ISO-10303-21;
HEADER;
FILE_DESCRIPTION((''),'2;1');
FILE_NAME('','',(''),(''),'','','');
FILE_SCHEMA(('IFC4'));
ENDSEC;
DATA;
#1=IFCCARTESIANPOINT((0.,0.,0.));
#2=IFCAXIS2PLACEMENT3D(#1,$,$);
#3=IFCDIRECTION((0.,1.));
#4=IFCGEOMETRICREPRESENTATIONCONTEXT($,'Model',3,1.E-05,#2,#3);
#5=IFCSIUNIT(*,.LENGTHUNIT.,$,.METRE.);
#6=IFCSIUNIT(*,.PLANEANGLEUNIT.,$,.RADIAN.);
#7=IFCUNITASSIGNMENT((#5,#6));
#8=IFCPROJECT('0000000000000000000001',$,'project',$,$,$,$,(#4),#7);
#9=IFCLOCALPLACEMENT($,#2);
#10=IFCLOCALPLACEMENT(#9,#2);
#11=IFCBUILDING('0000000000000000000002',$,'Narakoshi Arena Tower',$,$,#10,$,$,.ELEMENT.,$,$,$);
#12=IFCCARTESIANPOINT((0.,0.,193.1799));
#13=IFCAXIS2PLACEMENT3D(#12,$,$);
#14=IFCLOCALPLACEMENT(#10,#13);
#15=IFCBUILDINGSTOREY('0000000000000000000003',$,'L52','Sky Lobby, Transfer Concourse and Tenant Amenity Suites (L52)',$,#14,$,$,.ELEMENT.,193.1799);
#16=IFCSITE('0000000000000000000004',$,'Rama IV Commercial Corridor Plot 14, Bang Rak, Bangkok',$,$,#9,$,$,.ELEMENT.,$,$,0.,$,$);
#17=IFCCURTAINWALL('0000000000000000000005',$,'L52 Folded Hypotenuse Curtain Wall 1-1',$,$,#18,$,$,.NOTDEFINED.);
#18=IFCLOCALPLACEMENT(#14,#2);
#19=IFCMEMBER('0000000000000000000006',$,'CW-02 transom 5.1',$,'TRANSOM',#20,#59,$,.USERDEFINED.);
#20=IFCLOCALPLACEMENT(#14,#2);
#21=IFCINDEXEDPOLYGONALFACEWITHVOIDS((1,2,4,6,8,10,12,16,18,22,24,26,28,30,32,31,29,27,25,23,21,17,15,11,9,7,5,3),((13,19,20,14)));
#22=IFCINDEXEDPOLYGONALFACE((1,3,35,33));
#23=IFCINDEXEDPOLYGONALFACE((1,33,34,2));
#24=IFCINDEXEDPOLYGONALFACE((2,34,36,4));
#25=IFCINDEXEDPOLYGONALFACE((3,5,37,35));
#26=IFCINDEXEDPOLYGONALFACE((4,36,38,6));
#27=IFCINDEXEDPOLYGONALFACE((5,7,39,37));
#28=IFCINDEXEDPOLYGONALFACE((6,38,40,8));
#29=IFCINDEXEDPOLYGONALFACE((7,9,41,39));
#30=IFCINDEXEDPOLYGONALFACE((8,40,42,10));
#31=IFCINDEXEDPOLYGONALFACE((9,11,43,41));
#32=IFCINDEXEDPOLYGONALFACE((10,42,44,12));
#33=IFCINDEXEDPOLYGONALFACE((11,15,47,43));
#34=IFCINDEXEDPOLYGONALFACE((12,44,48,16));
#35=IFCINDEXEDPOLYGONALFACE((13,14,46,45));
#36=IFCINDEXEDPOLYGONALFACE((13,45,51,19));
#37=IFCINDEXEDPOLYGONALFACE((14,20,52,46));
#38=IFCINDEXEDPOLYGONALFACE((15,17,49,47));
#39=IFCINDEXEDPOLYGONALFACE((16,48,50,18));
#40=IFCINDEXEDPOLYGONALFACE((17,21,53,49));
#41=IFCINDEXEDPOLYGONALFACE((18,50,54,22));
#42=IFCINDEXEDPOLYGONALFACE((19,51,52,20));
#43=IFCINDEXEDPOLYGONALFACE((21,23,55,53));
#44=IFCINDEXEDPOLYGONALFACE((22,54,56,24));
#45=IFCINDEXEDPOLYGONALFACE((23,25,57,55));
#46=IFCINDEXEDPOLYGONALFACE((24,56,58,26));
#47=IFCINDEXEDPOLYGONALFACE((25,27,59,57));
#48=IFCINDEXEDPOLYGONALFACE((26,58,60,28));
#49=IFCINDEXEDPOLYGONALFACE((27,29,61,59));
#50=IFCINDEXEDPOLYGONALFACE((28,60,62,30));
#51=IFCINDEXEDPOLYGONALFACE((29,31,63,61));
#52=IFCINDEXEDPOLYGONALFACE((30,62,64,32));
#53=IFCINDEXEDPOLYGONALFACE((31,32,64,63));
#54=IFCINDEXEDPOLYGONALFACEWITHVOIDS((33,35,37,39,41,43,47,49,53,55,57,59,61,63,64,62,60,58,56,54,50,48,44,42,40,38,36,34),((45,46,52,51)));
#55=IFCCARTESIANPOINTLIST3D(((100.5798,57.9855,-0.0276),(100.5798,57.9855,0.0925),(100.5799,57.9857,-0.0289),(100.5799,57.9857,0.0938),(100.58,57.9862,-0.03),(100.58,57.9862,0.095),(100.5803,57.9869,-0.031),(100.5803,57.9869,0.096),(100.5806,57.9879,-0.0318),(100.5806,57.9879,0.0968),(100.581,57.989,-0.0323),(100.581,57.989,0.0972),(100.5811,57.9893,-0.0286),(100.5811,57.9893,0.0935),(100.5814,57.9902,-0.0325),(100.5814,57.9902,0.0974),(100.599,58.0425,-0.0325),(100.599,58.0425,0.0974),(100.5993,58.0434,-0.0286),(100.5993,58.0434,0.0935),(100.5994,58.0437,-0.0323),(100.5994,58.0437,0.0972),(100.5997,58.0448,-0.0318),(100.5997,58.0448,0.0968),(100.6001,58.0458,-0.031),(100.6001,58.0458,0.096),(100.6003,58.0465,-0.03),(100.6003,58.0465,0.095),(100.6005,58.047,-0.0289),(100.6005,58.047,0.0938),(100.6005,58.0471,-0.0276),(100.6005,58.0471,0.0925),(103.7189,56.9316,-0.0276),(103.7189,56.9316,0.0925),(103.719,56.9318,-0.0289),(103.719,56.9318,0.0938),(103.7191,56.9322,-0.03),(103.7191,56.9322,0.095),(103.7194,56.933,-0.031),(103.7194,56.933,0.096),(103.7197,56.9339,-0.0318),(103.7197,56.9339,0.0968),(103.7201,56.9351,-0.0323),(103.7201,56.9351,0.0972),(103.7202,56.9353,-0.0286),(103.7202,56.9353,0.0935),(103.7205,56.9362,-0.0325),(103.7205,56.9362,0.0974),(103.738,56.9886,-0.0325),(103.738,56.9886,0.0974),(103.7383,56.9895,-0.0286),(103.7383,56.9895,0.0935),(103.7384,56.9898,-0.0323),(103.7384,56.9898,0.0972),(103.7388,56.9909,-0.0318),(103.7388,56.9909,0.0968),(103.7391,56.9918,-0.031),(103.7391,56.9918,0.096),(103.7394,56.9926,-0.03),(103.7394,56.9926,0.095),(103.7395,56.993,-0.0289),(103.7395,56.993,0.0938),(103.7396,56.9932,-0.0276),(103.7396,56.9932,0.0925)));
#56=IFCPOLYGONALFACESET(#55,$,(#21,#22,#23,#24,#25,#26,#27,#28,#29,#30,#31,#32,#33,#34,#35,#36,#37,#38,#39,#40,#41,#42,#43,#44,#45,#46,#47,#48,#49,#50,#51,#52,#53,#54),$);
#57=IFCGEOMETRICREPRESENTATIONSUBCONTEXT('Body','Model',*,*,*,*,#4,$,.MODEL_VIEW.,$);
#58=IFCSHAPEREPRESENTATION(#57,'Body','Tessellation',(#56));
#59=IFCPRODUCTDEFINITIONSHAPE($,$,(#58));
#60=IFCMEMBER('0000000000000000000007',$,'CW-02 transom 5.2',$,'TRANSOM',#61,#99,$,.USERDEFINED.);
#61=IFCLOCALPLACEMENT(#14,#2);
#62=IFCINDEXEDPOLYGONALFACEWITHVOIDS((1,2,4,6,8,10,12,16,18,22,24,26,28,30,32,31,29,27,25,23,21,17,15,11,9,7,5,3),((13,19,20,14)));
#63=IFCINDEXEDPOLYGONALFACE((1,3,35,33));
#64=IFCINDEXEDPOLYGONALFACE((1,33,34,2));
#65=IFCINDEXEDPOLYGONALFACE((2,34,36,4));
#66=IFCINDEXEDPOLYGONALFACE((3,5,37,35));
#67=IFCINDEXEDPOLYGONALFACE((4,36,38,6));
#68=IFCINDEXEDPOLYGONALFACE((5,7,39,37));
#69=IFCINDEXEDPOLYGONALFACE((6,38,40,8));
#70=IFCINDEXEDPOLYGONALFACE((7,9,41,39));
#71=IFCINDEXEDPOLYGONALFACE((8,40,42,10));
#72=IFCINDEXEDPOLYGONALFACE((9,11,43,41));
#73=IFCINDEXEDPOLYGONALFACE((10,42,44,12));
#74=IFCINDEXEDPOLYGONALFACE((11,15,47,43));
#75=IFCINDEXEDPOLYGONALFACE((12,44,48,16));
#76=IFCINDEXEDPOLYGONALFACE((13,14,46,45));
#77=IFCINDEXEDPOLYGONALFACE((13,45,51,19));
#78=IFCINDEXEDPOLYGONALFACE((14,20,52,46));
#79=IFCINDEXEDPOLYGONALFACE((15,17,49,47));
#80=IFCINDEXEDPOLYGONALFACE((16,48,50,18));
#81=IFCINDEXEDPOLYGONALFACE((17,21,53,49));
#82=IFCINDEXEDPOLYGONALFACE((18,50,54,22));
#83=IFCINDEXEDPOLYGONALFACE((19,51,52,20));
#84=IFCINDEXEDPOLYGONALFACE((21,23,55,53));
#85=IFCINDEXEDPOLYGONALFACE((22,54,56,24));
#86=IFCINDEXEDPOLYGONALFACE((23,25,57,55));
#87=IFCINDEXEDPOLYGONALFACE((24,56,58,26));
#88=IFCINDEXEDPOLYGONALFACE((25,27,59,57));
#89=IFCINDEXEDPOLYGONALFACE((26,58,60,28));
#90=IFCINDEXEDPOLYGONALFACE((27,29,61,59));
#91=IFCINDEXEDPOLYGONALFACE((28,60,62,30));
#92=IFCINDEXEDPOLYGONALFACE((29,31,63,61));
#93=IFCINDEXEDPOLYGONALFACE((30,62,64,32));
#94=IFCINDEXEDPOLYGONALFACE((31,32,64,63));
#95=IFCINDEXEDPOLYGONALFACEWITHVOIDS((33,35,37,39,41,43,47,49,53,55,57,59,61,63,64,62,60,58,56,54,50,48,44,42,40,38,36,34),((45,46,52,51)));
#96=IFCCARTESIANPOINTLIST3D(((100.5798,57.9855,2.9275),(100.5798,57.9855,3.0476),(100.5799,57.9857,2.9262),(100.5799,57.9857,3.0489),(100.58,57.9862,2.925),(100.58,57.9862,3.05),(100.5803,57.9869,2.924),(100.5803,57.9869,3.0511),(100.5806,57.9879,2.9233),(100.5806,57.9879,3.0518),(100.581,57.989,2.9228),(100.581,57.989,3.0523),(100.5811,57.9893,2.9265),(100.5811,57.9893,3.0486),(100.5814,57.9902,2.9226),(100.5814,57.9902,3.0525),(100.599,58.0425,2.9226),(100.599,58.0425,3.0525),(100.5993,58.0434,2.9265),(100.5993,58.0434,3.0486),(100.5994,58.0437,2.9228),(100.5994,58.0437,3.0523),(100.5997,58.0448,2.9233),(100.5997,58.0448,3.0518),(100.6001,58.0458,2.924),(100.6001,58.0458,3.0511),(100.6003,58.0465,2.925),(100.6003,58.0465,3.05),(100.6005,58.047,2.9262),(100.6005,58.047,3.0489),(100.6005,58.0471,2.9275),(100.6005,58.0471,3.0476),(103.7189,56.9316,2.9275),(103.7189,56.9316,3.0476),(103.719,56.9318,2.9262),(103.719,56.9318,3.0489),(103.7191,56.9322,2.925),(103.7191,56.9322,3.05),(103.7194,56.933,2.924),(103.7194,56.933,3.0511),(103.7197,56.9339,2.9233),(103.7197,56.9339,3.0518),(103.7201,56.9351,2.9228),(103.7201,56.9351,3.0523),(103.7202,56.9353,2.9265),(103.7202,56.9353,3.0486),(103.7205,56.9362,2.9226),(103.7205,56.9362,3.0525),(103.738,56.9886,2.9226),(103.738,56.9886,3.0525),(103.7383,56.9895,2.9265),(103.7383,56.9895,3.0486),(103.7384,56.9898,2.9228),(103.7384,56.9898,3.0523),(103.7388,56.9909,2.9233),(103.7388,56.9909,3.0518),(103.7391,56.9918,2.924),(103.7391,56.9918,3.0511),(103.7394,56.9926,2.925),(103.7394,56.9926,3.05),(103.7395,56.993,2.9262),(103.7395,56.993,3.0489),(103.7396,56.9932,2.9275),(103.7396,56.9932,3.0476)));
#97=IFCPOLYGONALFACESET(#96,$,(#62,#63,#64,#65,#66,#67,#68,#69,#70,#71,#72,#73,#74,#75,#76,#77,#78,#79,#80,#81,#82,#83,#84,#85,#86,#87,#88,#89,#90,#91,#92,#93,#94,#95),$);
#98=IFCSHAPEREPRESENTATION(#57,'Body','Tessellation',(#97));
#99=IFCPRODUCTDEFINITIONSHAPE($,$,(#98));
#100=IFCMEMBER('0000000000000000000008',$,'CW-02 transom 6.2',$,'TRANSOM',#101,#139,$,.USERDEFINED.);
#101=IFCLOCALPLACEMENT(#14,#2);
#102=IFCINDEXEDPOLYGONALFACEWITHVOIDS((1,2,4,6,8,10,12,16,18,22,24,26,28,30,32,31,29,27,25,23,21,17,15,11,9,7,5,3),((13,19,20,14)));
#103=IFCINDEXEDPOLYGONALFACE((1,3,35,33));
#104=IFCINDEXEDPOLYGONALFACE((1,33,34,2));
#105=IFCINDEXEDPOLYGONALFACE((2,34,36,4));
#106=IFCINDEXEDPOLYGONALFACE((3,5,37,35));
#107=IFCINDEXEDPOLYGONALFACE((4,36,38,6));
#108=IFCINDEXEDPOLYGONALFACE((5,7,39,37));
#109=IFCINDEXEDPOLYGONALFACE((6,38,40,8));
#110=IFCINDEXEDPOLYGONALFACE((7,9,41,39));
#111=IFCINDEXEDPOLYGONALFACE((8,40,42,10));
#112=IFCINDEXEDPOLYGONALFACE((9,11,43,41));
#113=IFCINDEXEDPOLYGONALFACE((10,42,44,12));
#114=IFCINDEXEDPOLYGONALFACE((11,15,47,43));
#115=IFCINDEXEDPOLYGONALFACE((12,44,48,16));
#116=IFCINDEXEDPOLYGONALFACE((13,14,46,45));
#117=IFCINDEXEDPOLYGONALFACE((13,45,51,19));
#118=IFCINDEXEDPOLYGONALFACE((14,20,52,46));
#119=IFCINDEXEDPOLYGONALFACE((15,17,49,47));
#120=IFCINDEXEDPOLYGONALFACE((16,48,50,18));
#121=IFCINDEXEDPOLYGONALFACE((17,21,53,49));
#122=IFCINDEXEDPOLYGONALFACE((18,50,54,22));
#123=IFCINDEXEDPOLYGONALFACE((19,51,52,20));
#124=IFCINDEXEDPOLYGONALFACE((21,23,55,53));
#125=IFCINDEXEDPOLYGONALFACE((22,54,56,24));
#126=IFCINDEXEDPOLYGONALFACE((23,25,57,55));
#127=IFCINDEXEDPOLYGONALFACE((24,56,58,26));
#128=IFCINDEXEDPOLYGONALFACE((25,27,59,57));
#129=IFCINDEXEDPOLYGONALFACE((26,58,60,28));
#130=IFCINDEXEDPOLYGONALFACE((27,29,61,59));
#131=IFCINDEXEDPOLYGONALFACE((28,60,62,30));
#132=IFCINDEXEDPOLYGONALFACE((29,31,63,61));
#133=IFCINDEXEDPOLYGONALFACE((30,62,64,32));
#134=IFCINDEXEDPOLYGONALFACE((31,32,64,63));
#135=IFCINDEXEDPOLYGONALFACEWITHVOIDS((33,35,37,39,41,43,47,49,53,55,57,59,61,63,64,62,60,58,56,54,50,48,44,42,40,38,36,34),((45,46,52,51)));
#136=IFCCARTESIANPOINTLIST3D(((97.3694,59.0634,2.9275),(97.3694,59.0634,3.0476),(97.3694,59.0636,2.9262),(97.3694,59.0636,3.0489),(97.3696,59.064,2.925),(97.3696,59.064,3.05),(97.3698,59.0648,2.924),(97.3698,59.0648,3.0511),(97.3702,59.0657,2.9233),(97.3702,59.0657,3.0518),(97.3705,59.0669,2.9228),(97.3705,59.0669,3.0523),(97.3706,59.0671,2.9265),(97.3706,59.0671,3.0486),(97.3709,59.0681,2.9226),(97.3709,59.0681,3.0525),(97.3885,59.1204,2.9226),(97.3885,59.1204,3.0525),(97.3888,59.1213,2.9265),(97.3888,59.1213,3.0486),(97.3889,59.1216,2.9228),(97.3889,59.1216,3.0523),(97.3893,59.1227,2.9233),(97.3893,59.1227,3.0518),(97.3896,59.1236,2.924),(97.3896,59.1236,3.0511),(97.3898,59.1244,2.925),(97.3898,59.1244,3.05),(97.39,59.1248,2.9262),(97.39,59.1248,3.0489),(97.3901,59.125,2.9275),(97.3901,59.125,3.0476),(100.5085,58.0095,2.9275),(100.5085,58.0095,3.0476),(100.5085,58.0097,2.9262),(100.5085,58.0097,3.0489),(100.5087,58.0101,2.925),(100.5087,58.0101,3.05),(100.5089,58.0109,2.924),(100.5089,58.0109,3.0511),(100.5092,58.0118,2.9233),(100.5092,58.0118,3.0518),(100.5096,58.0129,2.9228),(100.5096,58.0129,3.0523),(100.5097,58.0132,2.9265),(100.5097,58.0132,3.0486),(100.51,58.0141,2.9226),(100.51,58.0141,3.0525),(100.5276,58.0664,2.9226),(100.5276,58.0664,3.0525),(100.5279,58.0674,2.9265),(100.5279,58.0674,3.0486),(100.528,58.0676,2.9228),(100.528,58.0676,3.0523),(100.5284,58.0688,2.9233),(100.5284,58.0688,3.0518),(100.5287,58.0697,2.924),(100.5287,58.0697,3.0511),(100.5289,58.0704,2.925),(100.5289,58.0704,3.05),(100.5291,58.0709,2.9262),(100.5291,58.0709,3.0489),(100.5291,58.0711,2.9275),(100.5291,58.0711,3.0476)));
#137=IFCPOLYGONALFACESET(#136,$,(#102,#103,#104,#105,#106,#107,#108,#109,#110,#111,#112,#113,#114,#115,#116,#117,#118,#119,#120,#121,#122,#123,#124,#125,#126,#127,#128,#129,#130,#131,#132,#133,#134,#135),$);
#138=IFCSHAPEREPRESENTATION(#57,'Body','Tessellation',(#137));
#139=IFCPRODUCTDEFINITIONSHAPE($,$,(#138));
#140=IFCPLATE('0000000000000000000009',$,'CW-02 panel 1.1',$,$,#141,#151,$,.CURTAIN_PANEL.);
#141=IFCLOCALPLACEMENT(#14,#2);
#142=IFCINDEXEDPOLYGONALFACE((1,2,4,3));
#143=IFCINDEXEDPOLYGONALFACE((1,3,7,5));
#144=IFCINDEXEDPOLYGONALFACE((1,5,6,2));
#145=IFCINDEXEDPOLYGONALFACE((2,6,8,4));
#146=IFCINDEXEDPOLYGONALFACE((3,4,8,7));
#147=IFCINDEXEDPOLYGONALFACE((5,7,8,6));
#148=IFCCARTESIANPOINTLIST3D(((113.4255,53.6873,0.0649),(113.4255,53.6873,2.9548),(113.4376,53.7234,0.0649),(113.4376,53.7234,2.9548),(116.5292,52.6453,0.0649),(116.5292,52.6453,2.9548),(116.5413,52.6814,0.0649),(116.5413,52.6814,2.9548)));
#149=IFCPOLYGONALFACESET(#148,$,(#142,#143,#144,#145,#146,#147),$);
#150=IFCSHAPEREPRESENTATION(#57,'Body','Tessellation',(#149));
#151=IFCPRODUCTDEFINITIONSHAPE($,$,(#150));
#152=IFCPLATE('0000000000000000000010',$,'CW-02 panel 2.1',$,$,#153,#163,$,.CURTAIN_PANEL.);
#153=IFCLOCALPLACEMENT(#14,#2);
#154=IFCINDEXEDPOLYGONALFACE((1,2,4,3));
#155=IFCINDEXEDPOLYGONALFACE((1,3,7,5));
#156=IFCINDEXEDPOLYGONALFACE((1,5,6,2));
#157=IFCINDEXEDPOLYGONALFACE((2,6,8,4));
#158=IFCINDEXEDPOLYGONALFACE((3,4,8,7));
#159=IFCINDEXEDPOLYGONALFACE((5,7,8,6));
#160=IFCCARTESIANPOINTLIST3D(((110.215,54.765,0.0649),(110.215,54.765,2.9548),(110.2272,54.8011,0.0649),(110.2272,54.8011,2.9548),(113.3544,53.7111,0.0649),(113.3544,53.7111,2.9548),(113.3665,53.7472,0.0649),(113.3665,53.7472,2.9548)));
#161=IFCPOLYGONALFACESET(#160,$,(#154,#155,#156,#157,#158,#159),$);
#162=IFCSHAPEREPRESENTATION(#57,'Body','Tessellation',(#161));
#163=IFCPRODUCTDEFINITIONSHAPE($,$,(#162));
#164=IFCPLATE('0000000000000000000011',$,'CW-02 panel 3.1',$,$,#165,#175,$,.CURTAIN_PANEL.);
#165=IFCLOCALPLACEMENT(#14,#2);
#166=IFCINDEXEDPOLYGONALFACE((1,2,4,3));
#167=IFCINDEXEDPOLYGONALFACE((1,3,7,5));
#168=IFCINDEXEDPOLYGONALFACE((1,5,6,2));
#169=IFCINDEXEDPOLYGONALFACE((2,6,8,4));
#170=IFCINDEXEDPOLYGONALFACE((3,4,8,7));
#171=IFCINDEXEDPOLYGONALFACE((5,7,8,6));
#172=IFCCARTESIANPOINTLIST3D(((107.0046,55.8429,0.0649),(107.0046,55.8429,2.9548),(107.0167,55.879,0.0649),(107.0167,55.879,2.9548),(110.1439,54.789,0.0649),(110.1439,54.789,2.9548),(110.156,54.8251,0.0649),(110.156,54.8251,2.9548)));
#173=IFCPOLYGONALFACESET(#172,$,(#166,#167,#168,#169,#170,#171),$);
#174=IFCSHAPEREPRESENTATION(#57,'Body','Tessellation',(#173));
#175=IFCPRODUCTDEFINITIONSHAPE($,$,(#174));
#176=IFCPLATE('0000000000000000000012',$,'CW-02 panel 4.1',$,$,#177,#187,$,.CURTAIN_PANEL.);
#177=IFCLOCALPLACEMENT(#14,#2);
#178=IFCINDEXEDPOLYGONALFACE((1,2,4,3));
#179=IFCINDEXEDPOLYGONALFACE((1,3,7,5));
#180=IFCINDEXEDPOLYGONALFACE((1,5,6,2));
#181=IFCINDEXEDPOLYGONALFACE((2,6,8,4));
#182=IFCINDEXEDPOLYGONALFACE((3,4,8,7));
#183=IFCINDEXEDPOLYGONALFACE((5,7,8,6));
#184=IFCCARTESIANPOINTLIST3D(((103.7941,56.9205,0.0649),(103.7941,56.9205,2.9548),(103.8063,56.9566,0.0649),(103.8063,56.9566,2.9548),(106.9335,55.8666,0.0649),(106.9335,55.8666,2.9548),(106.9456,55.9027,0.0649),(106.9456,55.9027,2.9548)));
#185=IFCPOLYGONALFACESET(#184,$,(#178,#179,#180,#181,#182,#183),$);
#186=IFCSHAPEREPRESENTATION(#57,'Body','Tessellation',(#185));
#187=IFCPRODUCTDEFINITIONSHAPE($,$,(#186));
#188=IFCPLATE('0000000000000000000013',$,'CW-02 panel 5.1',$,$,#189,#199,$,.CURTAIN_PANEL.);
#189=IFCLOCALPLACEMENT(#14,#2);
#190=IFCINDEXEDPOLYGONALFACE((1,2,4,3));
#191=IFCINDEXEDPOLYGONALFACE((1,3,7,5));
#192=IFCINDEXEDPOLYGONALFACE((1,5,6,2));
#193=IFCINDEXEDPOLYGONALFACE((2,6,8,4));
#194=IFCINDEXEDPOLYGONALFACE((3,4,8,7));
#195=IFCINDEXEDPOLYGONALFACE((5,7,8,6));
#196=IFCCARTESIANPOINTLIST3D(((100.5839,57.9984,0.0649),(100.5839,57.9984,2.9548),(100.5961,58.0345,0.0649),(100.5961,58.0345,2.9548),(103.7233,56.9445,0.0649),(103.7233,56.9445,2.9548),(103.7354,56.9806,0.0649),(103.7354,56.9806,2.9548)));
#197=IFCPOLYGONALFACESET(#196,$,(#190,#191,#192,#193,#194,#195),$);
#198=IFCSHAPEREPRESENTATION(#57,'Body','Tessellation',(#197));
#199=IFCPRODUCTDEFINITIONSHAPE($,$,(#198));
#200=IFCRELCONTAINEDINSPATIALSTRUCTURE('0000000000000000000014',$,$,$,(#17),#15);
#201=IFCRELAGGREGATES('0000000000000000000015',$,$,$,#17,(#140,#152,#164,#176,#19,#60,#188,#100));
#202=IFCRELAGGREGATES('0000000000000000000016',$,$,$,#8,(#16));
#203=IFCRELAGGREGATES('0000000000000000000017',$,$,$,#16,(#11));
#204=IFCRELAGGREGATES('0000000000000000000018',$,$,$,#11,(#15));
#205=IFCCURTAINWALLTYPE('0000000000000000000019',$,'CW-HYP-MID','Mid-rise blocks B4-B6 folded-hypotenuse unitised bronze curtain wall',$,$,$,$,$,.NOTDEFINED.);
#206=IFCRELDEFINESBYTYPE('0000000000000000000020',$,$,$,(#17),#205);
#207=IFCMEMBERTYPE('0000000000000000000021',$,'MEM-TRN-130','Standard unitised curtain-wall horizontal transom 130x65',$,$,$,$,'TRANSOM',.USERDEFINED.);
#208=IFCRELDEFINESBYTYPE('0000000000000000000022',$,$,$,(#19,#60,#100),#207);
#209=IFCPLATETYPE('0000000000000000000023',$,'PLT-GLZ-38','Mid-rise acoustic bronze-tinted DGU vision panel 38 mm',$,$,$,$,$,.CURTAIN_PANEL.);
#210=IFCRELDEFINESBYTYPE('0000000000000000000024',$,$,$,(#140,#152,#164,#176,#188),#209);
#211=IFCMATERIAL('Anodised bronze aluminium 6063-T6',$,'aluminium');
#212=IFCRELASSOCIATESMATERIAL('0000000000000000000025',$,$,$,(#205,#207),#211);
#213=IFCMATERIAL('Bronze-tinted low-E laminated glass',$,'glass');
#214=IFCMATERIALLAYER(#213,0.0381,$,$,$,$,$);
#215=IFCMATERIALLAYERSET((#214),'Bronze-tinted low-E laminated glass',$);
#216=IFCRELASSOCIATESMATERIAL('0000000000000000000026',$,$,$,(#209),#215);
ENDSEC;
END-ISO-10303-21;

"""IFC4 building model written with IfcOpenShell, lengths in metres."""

from ifc_helpers import new_model, si_unit, direction, frame, origin, origin_2d, place, context, subcontext, project, spatial, rectangle, hollow_rectangle, extrude, material, layer, layer_set, material_profile, profile_set, type_object, element, aggregate, save


model = new_model("IFC4")

# Units and contexts
model_context = context("Model", 3, precision=1e-05, world=origin(), true_north=direction((0.0, 1.0)))
body_context = subcontext(model_context, "Body", "Model", "MODEL_VIEW")
ifc_project = project(units=[si_unit("LENGTHUNIT", "METRE"), si_unit("PLANEANGLEUNIT", "RADIAN")], contexts=[model_context])

# Site, building, storey
site_placement = place(None, origin())
site = spatial("IfcSite", under=ifc_project, at=site_placement, Name="Rama IV Commercial Corridor Plot 14, Bang Rak, Bangkok", CompositionType="ELEMENT", RefElevation=0.0)
building_placement = place(site_placement, origin())
building = spatial("IfcBuilding", under=site, at=building_placement, Name="Narakoshi Arena Tower", CompositionType="ELEMENT")
storey_placement = place(building_placement, frame((0.0, 0.0, 193.1799)))
storey = spatial("IfcBuildingStorey", under=building, at=storey_placement, Name="L52", Description="Sky Lobby, Transfer Concourse and Tenant Amenity Suites (L52)", CompositionType="ELEMENT", Elevation=193.1799)

# Curtain wall, members, plates
ifc_material_1 = material(Name="Anodised bronze aluminium 6063-T6", Category="aluminium")
curtain_wall_type = type_object("IfcCurtainWallType", Name="CW-HYP-MID", Description="Mid-rise blocks B4-B6 folded-hypotenuse unitised bronze curtain wall", PredefinedType="NOTDEFINED", material=ifc_material_1)
curtain_wall_placement = place(storey_placement, origin())
curtain_wall = element("IfcCurtainWall", 1, at=curtain_wall_placement, inside=storey, type_object=curtain_wall_type, Name="L52 Folded Hypotenuse Curtain Wall 1-1", PredefinedType="NOTDEFINED")
ifc_material_profile_1 = material_profile(ifc_material_1, hollow_rectangle(XDim=0.0649, YDim=0.1299, WallThickness=0.0039, OuterFilletRadius=0.0049, at=origin_2d()), Name="TRN130x65x4")
ifc_profile_set_1 = profile_set([ifc_material_profile_1], Name="Anodised bronze aluminium 6063-T6")
member_type_1 = type_object("IfcMemberType", Name="MEM-TRN-130", Description="Standard unitised curtain-wall horizontal transom 130x65", ElementType="TRANSOM", PredefinedType="USERDEFINED", material=ifc_profile_set_1)
member_1_placement = place(storey_placement, frame((103.7292, 56.9624, 0.0325), z_axis=(-0.947995, 0.318284, 0.0), x_axis=(-0.318284, -0.947995, 0.0)))
member_1 = element("IfcMember", 2, at=member_1_placement, type_object=member_type_1, Name="CW-02 transom 5.1", ObjectType="TRANSOM", PredefinedType="USERDEFINED", context=body_context, shape_type="SweptSolid", body=[
    extrude(hollow_rectangle(XDim=0.0649, YDim=0.1299, WallThickness=0.0039, OuterFilletRadius=0.0049, at=origin_2d()), origin(), (0.0, 0.0, 1.0), 3.3113),
])
member_2_placement = place(storey_placement, frame((103.7292, 56.9624, 2.9875), z_axis=(-0.947995, 0.318284, 0.0), x_axis=(-0.318284, -0.947995, 0.0)))
member_2 = element("IfcMember", 3, at=member_2_placement, type_object=member_type_1, Name="CW-02 transom 5.2", ObjectType="TRANSOM", PredefinedType="USERDEFINED", context=body_context, shape_type="SweptSolid", body=[
    extrude(hollow_rectangle(XDim=0.0649, YDim=0.1299, WallThickness=0.0039, OuterFilletRadius=0.0049, at=origin_2d()), origin(), (0.0, 0.0, 1.0), 3.3113),
])
member_3_placement = place(storey_placement, frame((100.5188, 58.0403, 2.9875), z_axis=(-0.947995, 0.318284, 0.0), x_axis=(-0.318284, -0.947995, 0.0)))
member_3 = element("IfcMember", 4, at=member_3_placement, type_object=member_type_1, Name="CW-02 transom 6.2", ObjectType="TRANSOM", PredefinedType="USERDEFINED", context=body_context, shape_type="SweptSolid", body=[
    extrude(hollow_rectangle(XDim=0.0649, YDim=0.1299, WallThickness=0.0039, OuterFilletRadius=0.0049, at=origin_2d()), origin(), (0.0, 0.0, 1.0), 3.3113),
])
ifc_material_2 = material(Name="Bronze-tinted low-E laminated glass", Category="glass")
ifc_layer_1 = layer(ifc_material_2, 0.0381)
ifc_layer_set_1 = layer_set([ifc_layer_1], Name="Bronze-tinted low-E laminated glass")
plate_type = type_object("IfcPlateType", Name="PLT-GLZ-38", Description="Mid-rise acoustic bronze-tinted DGU vision panel 38 mm", PredefinedType="CURTAIN_PANEL", material=ifc_layer_set_1)
plate_1_placement = place(storey_placement, frame((114.9834, 53.1843, 0.0649), z_axis=(0.0, 0.0, 1.0), x_axis=(-0.948002, 0.318263, 0.0)))
plate_1 = element("IfcPlate", 5, at=plate_1_placement, type_object=plate_type, Name="CW-02 panel 1.1", PredefinedType="CURTAIN_PANEL", context=body_context, shape_type="SweptSolid", body=[
    extrude(rectangle(XDim=3.2739, YDim=0.0381, at=origin_2d()), origin(), (0.0, 0.0, 1.0), 2.8899),
])
plate_2_placement = place(storey_placement, frame((111.7908, 54.2561, 0.0649), z_axis=(0.0, 0.0, 1.0), x_axis=(-0.948002, 0.318263, 0.0)))
plate_2 = element("IfcPlate", 6, at=plate_2_placement, type_object=plate_type, Name="CW-02 panel 2.1", PredefinedType="CURTAIN_PANEL", context=body_context, shape_type="SweptSolid", body=[
    extrude(rectangle(XDim=3.3115, YDim=0.0381, at=origin_2d()), origin(), (0.0, 0.0, 1.0), 2.8899),
])
plate_3_placement = place(storey_placement, frame((108.5803, 55.334, 0.0649), z_axis=(0.0, 0.0, 1.0), x_axis=(-0.948002, 0.318263, 0.0)))
plate_3 = element("IfcPlate", 7, at=plate_3_placement, type_object=plate_type, Name="CW-02 panel 3.1", PredefinedType="CURTAIN_PANEL", context=body_context, shape_type="SweptSolid", body=[
    extrude(rectangle(XDim=3.3115, YDim=0.0381, at=origin_2d()), origin(), (0.0, 0.0, 1.0), 2.8899),
])
plate_4_placement = place(storey_placement, frame((105.3699, 56.4116, 0.0649), z_axis=(0.0, 0.0, 1.0), x_axis=(-0.948002, 0.318263, 0.0)))
plate_4 = element("IfcPlate", 8, at=plate_4_placement, type_object=plate_type, Name="CW-02 panel 4.1", PredefinedType="CURTAIN_PANEL", context=body_context, shape_type="SweptSolid", body=[
    extrude(rectangle(XDim=3.3115, YDim=0.0381, at=origin_2d()), origin(), (0.0, 0.0, 1.0), 2.8899),
])
plate_5_placement = place(storey_placement, frame((102.1597, 57.4895, 0.0649), z_axis=(0.0, 0.0, 1.0), x_axis=(-0.948002, 0.318263, 0.0)))
plate_5 = element("IfcPlate", 9, at=plate_5_placement, type_object=plate_type, Name="CW-02 panel 5.1", PredefinedType="CURTAIN_PANEL", context=body_context, shape_type="SweptSolid", body=[
    extrude(rectangle(XDim=3.3115, YDim=0.0381, at=origin_2d()), origin(), (0.0, 0.0, 1.0), 2.8899),
])
aggregate(curtain_wall, [plate_1, plate_2, plate_3, plate_4, member_1, member_2, plate_5, member_3])

save(model, "model.ifc")
